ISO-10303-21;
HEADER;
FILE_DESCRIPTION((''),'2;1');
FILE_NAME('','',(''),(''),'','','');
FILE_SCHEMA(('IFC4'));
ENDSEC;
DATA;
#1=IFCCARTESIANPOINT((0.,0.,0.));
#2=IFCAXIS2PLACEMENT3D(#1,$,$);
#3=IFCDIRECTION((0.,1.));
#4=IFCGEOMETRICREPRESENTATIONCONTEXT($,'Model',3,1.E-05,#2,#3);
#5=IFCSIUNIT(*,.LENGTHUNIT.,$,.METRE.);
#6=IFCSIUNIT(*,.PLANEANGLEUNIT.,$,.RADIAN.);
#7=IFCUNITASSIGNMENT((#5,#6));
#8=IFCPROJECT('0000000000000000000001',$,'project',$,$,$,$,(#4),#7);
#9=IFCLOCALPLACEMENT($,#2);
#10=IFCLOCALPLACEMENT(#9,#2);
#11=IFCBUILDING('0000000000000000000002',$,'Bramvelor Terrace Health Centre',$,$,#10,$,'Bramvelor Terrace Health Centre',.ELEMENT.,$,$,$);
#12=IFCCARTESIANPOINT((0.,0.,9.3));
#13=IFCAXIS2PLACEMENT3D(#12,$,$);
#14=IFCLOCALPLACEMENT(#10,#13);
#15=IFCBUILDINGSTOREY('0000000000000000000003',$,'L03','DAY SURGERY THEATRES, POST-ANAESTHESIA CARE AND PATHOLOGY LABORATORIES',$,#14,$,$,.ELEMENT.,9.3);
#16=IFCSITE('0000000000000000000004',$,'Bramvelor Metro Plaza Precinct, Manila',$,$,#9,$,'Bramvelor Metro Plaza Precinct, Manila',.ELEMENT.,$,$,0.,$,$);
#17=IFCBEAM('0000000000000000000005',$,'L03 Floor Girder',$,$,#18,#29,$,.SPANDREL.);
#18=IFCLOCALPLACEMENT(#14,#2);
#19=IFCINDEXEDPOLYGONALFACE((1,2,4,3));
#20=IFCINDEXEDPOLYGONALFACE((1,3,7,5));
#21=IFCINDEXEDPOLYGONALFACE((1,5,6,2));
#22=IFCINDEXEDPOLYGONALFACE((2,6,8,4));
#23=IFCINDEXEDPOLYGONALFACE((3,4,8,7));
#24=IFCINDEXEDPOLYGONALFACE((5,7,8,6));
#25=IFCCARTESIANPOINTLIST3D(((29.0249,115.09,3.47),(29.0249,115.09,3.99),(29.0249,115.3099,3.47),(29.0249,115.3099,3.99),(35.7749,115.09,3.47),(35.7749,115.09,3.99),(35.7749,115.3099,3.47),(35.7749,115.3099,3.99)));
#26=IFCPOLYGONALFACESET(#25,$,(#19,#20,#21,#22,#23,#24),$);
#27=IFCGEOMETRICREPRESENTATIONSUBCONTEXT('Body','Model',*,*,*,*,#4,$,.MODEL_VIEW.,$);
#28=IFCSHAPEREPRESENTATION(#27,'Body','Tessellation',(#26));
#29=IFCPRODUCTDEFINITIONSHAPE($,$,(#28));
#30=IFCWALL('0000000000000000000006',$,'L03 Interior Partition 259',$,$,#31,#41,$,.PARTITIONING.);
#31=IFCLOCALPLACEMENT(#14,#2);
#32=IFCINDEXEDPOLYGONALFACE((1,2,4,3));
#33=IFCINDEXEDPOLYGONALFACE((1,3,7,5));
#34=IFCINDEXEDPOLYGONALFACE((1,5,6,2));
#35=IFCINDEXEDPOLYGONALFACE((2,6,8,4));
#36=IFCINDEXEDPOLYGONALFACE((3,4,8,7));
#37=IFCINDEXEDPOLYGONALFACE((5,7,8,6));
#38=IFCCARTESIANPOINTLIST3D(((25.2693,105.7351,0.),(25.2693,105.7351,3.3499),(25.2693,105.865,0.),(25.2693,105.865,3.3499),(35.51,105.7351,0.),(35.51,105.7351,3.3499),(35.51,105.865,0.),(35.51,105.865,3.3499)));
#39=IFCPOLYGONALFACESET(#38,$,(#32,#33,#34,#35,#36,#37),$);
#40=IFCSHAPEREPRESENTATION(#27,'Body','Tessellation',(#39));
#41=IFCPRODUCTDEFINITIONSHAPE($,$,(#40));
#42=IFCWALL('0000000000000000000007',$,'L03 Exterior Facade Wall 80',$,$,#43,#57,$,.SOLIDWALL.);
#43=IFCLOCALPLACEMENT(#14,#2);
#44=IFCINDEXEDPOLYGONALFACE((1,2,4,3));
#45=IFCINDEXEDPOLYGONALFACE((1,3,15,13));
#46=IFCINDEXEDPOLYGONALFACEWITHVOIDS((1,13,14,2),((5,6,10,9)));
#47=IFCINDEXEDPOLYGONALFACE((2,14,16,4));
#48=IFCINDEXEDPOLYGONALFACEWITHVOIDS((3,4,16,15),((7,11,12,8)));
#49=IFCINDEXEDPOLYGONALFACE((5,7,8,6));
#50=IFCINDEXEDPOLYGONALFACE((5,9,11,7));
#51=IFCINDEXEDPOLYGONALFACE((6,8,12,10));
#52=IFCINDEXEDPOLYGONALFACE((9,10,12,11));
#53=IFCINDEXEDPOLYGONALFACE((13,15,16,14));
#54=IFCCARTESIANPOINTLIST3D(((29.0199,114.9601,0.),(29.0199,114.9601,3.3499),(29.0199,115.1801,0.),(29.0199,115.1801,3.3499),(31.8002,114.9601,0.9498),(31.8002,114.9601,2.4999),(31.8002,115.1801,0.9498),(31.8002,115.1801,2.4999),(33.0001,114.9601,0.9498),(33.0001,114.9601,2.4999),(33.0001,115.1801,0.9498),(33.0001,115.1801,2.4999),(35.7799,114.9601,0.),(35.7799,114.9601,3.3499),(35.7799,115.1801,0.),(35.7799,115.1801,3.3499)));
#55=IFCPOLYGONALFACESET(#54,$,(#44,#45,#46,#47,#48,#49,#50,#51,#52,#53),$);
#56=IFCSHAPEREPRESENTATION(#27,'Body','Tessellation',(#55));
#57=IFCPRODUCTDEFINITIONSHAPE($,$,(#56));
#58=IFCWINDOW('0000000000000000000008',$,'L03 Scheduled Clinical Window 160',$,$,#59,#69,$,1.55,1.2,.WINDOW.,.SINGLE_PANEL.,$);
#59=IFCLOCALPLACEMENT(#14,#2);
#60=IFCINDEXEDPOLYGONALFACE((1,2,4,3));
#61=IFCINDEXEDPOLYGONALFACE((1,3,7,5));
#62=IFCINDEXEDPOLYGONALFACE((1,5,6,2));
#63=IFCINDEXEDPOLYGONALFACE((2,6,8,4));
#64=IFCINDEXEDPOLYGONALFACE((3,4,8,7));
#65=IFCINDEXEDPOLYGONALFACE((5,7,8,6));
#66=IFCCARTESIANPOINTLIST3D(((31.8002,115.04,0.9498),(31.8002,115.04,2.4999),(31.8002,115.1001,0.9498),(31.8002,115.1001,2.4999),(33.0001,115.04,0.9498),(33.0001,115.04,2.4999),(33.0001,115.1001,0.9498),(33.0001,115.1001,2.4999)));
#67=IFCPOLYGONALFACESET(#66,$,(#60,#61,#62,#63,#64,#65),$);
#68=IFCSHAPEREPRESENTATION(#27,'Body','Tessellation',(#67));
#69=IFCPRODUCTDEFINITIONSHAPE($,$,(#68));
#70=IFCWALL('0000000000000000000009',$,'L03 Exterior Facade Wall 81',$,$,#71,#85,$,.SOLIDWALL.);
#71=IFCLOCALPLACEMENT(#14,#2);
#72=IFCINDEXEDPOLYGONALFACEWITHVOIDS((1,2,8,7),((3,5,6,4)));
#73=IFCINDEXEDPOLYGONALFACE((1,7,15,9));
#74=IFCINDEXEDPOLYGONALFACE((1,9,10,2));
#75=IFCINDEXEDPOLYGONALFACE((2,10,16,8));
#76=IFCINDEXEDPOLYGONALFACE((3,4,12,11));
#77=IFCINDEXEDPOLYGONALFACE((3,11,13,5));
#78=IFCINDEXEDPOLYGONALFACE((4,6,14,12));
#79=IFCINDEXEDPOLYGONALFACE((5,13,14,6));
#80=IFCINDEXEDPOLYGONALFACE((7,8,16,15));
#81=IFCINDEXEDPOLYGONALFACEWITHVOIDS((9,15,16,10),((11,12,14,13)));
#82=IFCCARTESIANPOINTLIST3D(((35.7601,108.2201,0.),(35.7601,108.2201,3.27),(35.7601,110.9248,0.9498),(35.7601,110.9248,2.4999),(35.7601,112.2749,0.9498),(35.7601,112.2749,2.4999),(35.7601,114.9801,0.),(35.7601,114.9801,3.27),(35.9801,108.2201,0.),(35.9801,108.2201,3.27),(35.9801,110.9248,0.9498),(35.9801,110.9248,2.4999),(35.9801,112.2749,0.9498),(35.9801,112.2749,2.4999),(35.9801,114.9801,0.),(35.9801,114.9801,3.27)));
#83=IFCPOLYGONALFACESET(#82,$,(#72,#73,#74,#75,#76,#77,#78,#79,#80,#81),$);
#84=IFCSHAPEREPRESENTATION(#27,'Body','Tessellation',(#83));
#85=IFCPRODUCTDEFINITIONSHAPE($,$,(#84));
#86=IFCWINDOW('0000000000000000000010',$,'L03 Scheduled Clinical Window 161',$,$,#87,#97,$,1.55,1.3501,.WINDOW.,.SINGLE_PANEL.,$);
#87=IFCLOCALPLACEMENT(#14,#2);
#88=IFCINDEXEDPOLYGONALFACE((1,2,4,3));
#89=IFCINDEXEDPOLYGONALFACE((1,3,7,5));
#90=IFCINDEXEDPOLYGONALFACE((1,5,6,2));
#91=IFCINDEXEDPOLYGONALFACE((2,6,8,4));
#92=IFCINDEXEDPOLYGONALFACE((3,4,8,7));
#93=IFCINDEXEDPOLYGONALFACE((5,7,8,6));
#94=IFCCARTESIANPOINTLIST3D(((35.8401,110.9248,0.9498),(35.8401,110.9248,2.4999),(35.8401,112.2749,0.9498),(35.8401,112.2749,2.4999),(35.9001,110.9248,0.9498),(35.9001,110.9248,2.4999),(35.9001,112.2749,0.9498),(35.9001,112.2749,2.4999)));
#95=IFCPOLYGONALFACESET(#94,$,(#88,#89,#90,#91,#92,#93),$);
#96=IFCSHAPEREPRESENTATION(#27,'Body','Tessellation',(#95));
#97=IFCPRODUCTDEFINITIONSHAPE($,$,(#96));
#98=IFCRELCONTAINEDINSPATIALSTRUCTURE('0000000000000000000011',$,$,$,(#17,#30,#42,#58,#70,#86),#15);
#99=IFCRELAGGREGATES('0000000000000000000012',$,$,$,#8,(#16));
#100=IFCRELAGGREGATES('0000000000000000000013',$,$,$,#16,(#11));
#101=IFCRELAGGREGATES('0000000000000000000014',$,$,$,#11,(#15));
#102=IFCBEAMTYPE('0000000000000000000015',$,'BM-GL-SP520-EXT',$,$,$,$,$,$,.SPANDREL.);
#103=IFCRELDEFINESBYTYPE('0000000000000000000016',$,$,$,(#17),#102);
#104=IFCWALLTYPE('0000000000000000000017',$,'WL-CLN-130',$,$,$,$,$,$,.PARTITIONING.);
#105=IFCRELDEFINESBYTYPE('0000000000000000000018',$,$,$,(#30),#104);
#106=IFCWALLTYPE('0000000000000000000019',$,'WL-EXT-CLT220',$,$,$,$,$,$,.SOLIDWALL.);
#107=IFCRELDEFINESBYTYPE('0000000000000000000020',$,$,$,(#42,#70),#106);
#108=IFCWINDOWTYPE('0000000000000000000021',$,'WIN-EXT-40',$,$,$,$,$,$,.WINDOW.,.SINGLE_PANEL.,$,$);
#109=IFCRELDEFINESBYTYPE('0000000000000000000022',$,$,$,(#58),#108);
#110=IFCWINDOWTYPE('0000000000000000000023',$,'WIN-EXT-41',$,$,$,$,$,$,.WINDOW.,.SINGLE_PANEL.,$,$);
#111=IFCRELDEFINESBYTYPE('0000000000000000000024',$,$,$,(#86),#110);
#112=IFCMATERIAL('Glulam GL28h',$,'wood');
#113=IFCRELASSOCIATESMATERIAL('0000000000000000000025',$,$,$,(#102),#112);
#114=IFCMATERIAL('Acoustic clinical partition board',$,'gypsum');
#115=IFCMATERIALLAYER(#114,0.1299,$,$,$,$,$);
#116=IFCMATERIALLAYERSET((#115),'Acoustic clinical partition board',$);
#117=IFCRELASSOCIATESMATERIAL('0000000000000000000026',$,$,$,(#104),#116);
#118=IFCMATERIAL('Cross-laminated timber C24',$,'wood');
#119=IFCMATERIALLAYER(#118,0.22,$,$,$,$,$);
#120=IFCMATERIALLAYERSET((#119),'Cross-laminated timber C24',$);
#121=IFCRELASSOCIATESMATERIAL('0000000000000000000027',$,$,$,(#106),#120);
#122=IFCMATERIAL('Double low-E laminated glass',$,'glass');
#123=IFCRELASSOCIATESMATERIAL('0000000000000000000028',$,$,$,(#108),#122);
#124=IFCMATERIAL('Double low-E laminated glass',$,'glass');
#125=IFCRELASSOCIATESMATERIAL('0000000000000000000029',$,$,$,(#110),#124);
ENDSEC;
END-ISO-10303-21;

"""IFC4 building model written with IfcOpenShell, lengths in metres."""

from ifc_helpers import new_model, si_unit, direction, frame, frame_2d, origin, origin_2d, place, context, subcontext, project, spatial, rectangle, extrude, material, layer, layer_set, material_profile, profile_set, type_object, element, fill, save


model = new_model("IFC4")

# Units and contexts
model_context = context("Model", 3, precision=1e-05, world=origin(), true_north=direction((0.0, 1.0)))
body_context = subcontext(model_context, "Body", "Model", "MODEL_VIEW")
ifc_project = project(units=[si_unit("LENGTHUNIT", "METRE"), si_unit("PLANEANGLEUNIT", "RADIAN")], contexts=[model_context])

# Site, building, storey
site_placement = place(None, origin())
site = spatial("IfcSite", under=ifc_project, at=site_placement, Name="Bramvelor Metro Plaza Precinct, Manila", LongName="Bramvelor Metro Plaza Precinct, Manila", CompositionType="ELEMENT", RefElevation=0.0)
building_placement = place(site_placement, origin())
building = spatial("IfcBuilding", under=site, at=building_placement, Name="Bramvelor Terrace Health Centre", LongName="Bramvelor Terrace Health Centre", CompositionType="ELEMENT")
storey_placement = place(building_placement, frame((0.0, 0.0, 9.3)))
storey = spatial("IfcBuildingStorey", under=building, at=storey_placement, Name="L03", Description="DAY SURGERY THEATRES, POST-ANAESTHESIA CARE AND PATHOLOGY LABORATORIES", CompositionType="ELEMENT", Elevation=9.3)

# Beam
ifc_material_1 = material(Name="Glulam GL28h", Category="wood")
ifc_material_profile_1 = material_profile(ifc_material_1, rectangle(XDim=0.22, YDim=0.52, at=origin_2d()), Name="GL 220x520")
ifc_profile_set_1 = profile_set([ifc_material_profile_1], Name="Glulam GL28h")
beam_type_1 = type_object("IfcBeamType", Name="BM-GL-SP520-EXT", PredefinedType="SPANDREL", material=ifc_profile_set_1)
beam_placement = place(storey_placement, frame((29.0249, 115.2, 3.73), z_axis=(1.0, 0.0, 0.0), x_axis=(0.0, 1.0, 0.0)))
element("IfcBeam", 1, at=beam_placement, inside=storey, type_object=beam_type_1, Name="L03 Floor Girder", PredefinedType="SPANDREL", context=body_context, shape_type="SweptSolid", body=[
    extrude(rectangle(XDim=0.22, YDim=0.52, at=origin_2d()), origin(), (0.0, 0.0, 1.0), 6.75),
])

# Wall
ifc_material_2 = material(Name="Acoustic clinical partition board", Category="gypsum")
ifc_layer_1 = layer(ifc_material_2, 0.1299)
ifc_layer_set_1 = layer_set([ifc_layer_1], Name="Acoustic clinical partition board")
wall_type_1 = type_object("IfcWallType", Name="WL-CLN-130", PredefinedType="PARTITIONING", material=ifc_layer_set_1)
wall_1_placement = place(storey_placement, frame((35.51, 105.8, 0.0), z_axis=(0.0, 0.0, 1.0), x_axis=(-1.0, 0.0, 0.0)))
element("IfcWall", 2, at=wall_1_placement, inside=storey, type_object=wall_type_1, Name="L03 Interior Partition 259", PredefinedType="PARTITIONING", context=body_context, shape_type="SweptSolid", body=[
    extrude(rectangle(XDim=10.2407, YDim=0.1299, at=frame_2d((5.1204, 0.0))), origin(), (0.0, 0.0, 1.0), 3.3499),
])

# Walls, openings, windows
ifc_material_3 = material(Name="Cross-laminated timber C24", Category="wood")
ifc_layer_2 = layer(ifc_material_3, 0.22)
ifc_layer_set_2 = layer_set([ifc_layer_2], Name="Cross-laminated timber C24")
wall_type_2 = type_object("IfcWallType", Name="WL-EXT-CLT220", PredefinedType="SOLIDWALL", material=ifc_layer_set_2)
wall_2_placement = place(storey_placement, frame((29.02, 115.0701, 0.0), z_axis=(0.0, 0.0, 1.0), x_axis=(1.0, 0.0, 0.0)))
wall_2 = element("IfcWall", 3, at=wall_2_placement, inside=storey, type_object=wall_type_2, Name="L03 Exterior Facade Wall 80", PredefinedType="SOLIDWALL", context=body_context, shape_type="SweptSolid", body=[
    extrude(rectangle(XDim=6.76, YDim=0.22, at=frame_2d((3.3799, 0.0))), origin(), (0.0, 0.0, 1.0), 3.3499),
])
opening_1_placement = place(wall_2_placement, frame((2.78, 0.0, 0.95)))
opening_1 = element("IfcOpeningElement", 4, at=opening_1_placement, cuts=wall_2, PredefinedType="OPENING", context=body_context, shape_type="SweptSolid", body=[
    extrude(rectangle(XDim=1.2, YDim=1.55, at=frame_2d((0.6001, 0.7749))), frame((0.0, 0.1199, 0.0), z_axis=(0.0, -1.0, 0.0), x_axis=(1.0, 0.0, 0.0)), (0.0, 0.0, 1.0), 0.24),
])
ifc_material_4 = material(Name="Double low-E laminated glass", Category="glass")
window_type_1 = type_object("IfcWindowType", Name="WIN-EXT-40", PartitioningType="SINGLE_PANEL", PredefinedType="WINDOW", material=ifc_material_4)
window_1_placement = place(opening_1_placement, origin())
window_1 = element("IfcWindow", 5, at=window_1_placement, inside=storey, type_object=window_type_1, Name="L03 Scheduled Clinical Window 160", OverallHeight=1.55, OverallWidth=1.2, PartitioningType="SINGLE_PANEL", PredefinedType="WINDOW", context=body_context, shape_type="SweptSolid", body=[
    extrude(rectangle(XDim=1.2, YDim=1.55, at=frame_2d((0.6001, 0.7749))), frame((0.0, 0.03, 0.0), z_axis=(0.0, -1.0, 0.0), x_axis=(1.0, 0.0, 0.0)), (0.0, 0.0, 1.0), 0.0601),
])
fill(opening_1, window_1)
wall_3_placement = place(storey_placement, frame((35.8701, 114.98, 0.0), z_axis=(0.0, 0.0, 1.0), x_axis=(0.0, -1.0, 0.0)))
wall_3 = element("IfcWall", 6, at=wall_3_placement, inside=storey, type_object=wall_type_2, Name="L03 Exterior Facade Wall 81", PredefinedType="SOLIDWALL", context=body_context, shape_type="SweptSolid", body=[
    extrude(rectangle(XDim=6.76, YDim=0.22, at=frame_2d((3.3799, 0.0))), origin(), (0.0, 0.0, 1.0), 3.27),
])
opening_2_placement = place(wall_3_placement, frame((2.7051, 0.0, 0.95)))
opening_2 = element("IfcOpeningElement", 7, at=opening_2_placement, cuts=wall_3, PredefinedType="OPENING", context=body_context, shape_type="SweptSolid", body=[
    extrude(rectangle(XDim=1.3501, YDim=1.55, at=frame_2d((0.675, 0.7749))), frame((0.0, 0.1199, 0.0), z_axis=(0.0, -1.0, 0.0), x_axis=(1.0, 0.0, 0.0)), (0.0, 0.0, 1.0), 0.24),
])
ifc_material_5 = material(Name="Double low-E laminated glass", Category="glass")
window_type_2 = type_object("IfcWindowType", Name="WIN-EXT-41", PartitioningType="SINGLE_PANEL", PredefinedType="WINDOW", material=ifc_material_5)
window_2_placement = place(opening_2_placement, origin())
window_2 = element("IfcWindow", 8, at=window_2_placement, inside=storey, type_object=window_type_2, Name="L03 Scheduled Clinical Window 161", OverallHeight=1.55, OverallWidth=1.3501, PartitioningType="SINGLE_PANEL", PredefinedType="WINDOW", context=body_context, shape_type="SweptSolid", body=[
    extrude(rectangle(XDim=1.3501, YDim=1.55, at=frame_2d((0.675, 0.7749))), frame((0.0, 0.03, 0.0), z_axis=(0.0, -1.0, 0.0), x_axis=(1.0, 0.0, 0.0)), (0.0, 0.0, 1.0), 0.0601),
])
fill(opening_2, window_2)

save(model, "model.ifc")
